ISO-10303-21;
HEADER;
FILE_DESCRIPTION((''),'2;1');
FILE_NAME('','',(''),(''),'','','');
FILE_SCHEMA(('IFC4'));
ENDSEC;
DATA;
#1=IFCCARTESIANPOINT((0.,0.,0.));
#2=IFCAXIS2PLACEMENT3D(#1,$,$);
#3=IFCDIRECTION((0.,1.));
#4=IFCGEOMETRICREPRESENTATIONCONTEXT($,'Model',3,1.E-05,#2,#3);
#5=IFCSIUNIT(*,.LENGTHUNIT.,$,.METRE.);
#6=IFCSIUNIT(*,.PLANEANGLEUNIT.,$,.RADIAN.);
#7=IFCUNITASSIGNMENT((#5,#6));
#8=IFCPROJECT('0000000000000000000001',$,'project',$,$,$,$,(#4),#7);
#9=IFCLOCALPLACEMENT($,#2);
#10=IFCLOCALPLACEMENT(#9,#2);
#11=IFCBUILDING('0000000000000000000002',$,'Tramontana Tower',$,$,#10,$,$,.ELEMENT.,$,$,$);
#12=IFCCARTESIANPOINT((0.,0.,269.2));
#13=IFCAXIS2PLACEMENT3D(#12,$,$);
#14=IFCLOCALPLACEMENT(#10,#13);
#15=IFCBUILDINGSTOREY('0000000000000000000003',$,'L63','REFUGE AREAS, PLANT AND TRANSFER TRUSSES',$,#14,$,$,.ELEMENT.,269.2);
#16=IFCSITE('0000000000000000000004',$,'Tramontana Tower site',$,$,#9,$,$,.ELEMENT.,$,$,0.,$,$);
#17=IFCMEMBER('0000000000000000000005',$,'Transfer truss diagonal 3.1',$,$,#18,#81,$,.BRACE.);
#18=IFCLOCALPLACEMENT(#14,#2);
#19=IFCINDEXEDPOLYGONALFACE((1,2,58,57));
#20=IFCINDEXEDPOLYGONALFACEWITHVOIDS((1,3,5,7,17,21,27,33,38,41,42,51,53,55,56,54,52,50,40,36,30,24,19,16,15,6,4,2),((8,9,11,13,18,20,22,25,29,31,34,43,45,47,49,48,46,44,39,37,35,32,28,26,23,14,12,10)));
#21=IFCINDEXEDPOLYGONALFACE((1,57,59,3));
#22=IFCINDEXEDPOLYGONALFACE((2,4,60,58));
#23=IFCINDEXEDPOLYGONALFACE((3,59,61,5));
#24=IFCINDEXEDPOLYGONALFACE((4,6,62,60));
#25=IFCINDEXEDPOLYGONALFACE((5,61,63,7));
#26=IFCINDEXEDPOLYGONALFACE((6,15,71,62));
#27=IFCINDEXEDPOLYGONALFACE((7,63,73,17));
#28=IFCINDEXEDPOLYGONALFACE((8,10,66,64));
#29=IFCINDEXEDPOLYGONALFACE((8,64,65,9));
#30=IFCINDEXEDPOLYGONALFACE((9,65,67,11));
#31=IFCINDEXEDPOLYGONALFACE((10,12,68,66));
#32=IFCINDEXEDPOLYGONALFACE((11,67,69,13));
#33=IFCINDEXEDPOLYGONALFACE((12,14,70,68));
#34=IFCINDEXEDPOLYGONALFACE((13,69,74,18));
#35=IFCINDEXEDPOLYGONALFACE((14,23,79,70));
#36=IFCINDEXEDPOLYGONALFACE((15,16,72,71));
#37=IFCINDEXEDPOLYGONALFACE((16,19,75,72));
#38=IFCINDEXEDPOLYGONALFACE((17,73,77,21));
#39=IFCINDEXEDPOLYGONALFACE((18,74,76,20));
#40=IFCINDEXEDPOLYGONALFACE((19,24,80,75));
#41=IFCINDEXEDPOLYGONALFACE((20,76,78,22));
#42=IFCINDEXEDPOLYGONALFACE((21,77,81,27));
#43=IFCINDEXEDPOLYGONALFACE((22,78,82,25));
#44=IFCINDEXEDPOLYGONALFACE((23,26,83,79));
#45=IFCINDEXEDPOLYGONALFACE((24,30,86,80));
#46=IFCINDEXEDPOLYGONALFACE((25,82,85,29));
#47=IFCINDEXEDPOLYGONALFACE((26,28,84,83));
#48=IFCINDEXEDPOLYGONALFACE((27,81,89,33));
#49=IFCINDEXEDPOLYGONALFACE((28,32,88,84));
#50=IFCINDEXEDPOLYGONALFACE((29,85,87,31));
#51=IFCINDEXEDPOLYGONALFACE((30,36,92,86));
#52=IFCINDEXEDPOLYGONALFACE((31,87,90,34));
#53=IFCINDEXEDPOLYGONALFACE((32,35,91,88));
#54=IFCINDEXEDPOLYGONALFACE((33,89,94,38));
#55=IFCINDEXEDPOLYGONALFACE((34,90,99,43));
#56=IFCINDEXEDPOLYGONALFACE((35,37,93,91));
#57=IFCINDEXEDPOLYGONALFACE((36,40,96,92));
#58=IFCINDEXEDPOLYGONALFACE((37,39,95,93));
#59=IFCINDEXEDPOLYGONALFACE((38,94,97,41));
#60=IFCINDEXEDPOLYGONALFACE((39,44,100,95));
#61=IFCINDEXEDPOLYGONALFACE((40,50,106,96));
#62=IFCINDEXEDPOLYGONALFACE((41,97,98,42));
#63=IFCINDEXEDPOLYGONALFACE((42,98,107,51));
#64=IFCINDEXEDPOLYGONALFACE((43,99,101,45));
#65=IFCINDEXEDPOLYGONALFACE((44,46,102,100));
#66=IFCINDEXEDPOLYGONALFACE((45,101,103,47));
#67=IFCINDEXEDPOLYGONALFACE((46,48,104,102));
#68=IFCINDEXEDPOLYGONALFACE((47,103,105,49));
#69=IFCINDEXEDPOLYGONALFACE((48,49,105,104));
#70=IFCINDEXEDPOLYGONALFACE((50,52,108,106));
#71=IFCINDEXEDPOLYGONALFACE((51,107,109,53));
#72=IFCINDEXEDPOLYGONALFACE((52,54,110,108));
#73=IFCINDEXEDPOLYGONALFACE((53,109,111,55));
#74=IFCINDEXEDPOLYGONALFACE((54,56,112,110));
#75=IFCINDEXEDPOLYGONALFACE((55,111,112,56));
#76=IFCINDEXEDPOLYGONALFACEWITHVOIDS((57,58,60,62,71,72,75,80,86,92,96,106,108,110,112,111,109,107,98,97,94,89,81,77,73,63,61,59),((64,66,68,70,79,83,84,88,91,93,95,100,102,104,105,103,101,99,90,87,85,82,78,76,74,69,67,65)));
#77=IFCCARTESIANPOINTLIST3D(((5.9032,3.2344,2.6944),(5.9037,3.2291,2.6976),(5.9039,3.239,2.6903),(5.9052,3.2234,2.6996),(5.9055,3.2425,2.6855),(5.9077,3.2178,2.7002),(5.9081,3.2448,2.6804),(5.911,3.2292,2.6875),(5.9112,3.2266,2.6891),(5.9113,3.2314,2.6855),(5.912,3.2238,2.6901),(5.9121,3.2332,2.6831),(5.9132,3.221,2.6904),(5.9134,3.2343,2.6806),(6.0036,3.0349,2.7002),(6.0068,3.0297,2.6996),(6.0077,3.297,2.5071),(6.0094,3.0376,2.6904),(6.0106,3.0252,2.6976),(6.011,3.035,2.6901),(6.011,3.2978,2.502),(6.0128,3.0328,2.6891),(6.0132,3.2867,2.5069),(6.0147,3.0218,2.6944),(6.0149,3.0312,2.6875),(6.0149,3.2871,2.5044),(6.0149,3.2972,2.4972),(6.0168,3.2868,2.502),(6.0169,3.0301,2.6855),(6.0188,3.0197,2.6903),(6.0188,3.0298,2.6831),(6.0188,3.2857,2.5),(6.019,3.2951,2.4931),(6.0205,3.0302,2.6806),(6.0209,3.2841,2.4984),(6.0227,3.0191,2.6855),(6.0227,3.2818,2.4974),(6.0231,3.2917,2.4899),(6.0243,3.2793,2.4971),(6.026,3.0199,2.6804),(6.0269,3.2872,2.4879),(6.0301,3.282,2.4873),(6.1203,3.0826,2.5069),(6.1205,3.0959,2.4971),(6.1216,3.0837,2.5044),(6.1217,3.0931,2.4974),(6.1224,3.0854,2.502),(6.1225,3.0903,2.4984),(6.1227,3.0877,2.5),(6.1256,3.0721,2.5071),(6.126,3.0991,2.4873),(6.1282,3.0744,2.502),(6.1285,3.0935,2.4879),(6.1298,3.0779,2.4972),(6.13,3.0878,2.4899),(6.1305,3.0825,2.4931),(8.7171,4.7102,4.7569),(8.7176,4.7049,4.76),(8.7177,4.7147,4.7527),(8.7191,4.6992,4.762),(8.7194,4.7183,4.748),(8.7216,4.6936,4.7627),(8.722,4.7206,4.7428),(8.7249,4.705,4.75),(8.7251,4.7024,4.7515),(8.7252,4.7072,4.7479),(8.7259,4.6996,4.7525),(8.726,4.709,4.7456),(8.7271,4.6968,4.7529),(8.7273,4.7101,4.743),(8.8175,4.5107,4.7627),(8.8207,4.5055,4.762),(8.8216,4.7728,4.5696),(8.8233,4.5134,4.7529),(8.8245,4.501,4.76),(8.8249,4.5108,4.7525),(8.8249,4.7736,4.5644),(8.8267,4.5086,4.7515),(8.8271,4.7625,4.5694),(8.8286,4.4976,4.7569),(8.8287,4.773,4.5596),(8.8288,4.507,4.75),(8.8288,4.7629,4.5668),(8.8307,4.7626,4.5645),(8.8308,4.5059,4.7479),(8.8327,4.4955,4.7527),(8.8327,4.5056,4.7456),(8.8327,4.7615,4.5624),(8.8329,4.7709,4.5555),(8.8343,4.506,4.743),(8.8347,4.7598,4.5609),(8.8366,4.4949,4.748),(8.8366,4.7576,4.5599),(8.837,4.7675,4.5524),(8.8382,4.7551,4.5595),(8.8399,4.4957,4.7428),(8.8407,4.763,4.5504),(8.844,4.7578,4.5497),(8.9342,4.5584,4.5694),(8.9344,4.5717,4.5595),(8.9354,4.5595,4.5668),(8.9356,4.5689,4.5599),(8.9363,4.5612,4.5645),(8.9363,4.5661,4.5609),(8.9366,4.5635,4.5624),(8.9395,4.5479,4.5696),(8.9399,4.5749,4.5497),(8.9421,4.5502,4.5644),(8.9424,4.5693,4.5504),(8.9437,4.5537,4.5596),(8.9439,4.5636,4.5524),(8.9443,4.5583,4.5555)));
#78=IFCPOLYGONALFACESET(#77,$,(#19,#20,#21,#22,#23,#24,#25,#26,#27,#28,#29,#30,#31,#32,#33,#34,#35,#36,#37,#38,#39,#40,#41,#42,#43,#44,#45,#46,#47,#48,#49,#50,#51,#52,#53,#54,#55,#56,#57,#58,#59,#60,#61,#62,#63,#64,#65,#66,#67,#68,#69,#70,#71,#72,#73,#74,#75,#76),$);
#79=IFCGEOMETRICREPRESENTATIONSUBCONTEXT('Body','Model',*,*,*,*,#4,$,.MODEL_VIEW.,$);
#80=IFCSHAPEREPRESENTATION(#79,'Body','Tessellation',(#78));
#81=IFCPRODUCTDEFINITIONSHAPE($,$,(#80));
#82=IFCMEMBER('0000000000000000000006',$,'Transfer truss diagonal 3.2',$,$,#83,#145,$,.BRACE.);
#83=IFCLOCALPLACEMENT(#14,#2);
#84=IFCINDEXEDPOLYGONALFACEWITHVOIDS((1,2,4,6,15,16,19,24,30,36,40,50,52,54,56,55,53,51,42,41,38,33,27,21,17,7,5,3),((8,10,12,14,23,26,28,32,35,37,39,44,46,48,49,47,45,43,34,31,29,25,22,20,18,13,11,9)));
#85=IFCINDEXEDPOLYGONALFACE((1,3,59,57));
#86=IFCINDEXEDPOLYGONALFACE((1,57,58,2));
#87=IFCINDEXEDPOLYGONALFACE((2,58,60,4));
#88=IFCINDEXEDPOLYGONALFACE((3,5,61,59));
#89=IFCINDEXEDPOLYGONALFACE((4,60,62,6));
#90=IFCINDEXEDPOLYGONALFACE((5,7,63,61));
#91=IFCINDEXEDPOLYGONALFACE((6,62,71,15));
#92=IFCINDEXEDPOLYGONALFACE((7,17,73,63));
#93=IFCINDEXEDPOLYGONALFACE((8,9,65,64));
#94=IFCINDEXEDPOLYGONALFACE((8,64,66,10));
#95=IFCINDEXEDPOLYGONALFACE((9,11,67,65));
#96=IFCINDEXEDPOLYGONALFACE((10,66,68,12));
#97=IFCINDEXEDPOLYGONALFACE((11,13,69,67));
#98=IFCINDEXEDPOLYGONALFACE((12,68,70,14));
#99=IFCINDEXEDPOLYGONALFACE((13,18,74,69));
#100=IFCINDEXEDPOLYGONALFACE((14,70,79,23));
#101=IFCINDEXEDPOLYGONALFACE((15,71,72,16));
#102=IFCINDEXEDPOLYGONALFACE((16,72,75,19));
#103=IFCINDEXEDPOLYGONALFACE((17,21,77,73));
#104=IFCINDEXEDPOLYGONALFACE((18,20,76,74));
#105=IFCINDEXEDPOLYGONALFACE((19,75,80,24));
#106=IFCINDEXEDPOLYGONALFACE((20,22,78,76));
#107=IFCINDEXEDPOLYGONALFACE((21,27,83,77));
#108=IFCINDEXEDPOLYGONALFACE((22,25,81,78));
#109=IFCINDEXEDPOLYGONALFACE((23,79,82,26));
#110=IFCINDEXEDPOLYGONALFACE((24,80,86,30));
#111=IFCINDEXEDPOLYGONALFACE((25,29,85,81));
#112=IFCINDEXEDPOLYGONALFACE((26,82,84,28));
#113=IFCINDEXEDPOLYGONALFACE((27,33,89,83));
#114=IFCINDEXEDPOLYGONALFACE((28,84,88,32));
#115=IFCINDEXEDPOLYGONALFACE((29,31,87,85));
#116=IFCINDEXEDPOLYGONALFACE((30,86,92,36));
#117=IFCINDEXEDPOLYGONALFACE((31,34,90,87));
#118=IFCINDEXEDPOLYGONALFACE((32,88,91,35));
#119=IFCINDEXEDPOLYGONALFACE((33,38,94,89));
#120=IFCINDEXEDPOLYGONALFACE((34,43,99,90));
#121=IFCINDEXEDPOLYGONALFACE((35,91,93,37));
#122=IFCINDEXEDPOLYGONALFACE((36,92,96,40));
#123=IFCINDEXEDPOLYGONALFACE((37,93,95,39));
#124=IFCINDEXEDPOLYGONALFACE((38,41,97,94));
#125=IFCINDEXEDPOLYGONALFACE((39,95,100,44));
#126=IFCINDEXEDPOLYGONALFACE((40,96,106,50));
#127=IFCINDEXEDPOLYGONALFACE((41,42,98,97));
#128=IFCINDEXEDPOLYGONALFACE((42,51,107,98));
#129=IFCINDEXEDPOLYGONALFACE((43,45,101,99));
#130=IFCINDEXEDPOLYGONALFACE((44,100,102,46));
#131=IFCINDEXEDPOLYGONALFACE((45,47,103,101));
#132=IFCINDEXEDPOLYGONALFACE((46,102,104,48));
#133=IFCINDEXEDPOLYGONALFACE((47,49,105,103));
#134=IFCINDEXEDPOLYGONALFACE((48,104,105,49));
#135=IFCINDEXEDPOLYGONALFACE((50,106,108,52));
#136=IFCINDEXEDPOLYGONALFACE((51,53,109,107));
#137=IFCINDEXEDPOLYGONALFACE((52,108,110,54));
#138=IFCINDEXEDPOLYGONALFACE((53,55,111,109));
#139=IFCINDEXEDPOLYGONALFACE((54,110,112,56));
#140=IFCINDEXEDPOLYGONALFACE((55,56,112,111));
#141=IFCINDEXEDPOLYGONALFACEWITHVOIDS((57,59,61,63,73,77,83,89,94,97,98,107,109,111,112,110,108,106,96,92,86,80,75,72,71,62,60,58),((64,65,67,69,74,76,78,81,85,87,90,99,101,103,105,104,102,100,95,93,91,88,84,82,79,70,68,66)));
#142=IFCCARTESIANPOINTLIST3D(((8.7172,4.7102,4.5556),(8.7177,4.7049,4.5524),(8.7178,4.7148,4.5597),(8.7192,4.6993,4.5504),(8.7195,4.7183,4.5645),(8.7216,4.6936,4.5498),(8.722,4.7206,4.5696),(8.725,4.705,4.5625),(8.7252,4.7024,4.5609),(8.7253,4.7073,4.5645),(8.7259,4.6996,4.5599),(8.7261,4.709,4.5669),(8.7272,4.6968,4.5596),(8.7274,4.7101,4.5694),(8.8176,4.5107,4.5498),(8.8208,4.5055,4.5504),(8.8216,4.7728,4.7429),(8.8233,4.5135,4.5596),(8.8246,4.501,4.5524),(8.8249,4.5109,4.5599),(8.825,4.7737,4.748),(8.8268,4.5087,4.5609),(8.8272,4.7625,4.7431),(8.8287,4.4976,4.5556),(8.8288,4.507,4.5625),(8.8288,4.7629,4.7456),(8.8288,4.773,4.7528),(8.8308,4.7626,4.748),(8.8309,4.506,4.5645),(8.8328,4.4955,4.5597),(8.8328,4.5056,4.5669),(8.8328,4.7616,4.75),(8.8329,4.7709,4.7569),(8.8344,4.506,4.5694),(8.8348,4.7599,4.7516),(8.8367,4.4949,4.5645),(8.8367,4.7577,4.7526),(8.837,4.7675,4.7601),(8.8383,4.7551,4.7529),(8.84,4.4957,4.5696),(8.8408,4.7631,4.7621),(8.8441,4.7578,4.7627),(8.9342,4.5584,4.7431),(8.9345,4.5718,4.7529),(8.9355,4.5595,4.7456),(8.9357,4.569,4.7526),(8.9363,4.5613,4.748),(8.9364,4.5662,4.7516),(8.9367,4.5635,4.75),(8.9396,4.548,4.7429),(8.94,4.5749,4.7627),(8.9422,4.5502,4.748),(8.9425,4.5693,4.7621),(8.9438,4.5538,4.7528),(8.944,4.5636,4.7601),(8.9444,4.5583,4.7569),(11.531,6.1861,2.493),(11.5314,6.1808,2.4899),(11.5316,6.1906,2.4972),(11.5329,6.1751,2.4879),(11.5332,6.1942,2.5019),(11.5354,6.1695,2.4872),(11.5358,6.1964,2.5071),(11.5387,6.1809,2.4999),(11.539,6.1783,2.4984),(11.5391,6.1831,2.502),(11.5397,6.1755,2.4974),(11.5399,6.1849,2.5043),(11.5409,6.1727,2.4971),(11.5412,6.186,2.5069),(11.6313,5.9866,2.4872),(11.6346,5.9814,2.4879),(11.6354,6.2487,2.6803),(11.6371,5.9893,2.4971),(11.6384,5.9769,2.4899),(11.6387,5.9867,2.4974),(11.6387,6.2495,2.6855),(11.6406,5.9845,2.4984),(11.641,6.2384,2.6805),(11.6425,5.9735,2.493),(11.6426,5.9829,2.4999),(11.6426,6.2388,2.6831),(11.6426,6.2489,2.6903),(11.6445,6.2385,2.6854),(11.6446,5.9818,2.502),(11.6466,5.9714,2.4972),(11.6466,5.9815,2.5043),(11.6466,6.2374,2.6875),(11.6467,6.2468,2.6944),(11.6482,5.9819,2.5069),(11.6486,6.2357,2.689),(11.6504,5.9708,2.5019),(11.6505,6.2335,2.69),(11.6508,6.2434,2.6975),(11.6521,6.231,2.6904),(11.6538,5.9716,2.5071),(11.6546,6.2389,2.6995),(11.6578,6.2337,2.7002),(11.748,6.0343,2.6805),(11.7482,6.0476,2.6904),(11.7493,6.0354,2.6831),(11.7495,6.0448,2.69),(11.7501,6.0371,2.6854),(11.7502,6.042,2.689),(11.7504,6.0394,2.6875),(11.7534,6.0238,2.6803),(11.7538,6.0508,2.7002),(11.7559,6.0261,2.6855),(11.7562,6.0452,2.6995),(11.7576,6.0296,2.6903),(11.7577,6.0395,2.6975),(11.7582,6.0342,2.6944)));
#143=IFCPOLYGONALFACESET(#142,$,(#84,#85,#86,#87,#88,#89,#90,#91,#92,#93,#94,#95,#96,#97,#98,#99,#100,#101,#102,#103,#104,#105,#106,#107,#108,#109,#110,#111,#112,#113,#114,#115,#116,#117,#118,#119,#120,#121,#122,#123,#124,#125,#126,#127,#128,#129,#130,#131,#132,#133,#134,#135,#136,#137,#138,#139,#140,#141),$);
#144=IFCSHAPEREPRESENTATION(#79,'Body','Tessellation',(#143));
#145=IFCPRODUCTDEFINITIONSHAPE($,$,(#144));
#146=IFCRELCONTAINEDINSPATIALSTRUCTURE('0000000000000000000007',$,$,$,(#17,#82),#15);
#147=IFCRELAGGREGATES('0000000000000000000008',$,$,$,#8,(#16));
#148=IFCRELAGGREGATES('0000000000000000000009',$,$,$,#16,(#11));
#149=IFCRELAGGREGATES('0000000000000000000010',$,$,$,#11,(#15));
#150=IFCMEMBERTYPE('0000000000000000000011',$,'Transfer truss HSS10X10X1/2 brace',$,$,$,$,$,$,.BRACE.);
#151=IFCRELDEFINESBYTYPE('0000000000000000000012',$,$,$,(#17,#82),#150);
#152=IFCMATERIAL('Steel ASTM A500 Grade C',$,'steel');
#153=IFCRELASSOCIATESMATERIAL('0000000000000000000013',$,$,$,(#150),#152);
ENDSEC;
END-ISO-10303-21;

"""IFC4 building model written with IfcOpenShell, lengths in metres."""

from ifc_helpers import new_model, si_unit, direction, frame, origin, origin_2d, place, context, subcontext, project, spatial, hollow_rectangle, extrude, material, material_profile, profile_set, type_object, element, save


model = new_model("IFC4")

# Units and contexts
model_context = context("Model", 3, precision=1e-05, world=origin(), true_north=direction((0.0, 1.0)))
body_context = subcontext(model_context, "Body", "Model", "MODEL_VIEW")
ifc_project = project(units=[si_unit("LENGTHUNIT", "METRE"), si_unit("PLANEANGLEUNIT", "RADIAN")], contexts=[model_context])

# Site, building, storey
site_placement = place(None, origin())
site = spatial("IfcSite", under=ifc_project, at=site_placement, Name="Tramontana Tower site", CompositionType="ELEMENT", RefElevation=0.0)
building_placement = place(site_placement, origin())
building = spatial("IfcBuilding", under=site, at=building_placement, Name="Tramontana Tower", CompositionType="ELEMENT")
storey_placement = place(building_placement, frame((0.0, 0.0, 269.2)))
storey = spatial("IfcBuildingStorey", under=building, at=storey_placement, Name="L63", Description="REFUGE AREAS, PLANT AND TRANSFER TRUSSES", CompositionType="ELEMENT", Elevation=269.2)

# Members
ifc_material_1 = material(Name="Steel ASTM A500 Grade C", Category="steel")
ifc_material_profile_1 = material_profile(ifc_material_1, hollow_rectangle(XDim=0.2539, YDim=0.2539, WallThickness=0.0117, InnerFilletRadius=0.0117, OuterFilletRadius=0.0237, at=origin_2d()), Name="HSS10X10X1/2")
ifc_profile_set_1 = profile_set([ifc_material_profile_1], Name="Steel ASTM A500 Grade C")
member_type_1 = type_object("IfcMemberType", Name="Transfer truss HSS10X10X1/2 brace", PredefinedType="BRACE", material=ifc_profile_set_1)
for number, where, z_axis, x_axis, name in (
    (1, (6.0168, 3.1584, 2.5938), (0.742826, 0.389587, 0.544455), (-0.464463, 0.885592, 0.0), "Transfer truss diagonal 3.1"),
    (2, (8.8308, 4.6343, 4.6562), (0.742797, 0.389606, -0.544481), (-0.464495, 0.885576, 0.0), "Transfer truss diagonal 3.2"),
):
    element("IfcMember", number, at=place(storey_placement, frame(where, z_axis=z_axis, x_axis=x_axis)), inside=storey, type_object=member_type_1, Name=name, PredefinedType="BRACE", context=body_context, shape_type="SweptSolid", body=[
        extrude(hollow_rectangle(XDim=0.2539, YDim=0.2539, WallThickness=0.0117, InnerFilletRadius=0.0117, OuterFilletRadius=0.0237, at=origin_2d()), origin(), (0.0, 0.0, 1.0), 3.7881),
    ])

save(model, "model.ifc")
